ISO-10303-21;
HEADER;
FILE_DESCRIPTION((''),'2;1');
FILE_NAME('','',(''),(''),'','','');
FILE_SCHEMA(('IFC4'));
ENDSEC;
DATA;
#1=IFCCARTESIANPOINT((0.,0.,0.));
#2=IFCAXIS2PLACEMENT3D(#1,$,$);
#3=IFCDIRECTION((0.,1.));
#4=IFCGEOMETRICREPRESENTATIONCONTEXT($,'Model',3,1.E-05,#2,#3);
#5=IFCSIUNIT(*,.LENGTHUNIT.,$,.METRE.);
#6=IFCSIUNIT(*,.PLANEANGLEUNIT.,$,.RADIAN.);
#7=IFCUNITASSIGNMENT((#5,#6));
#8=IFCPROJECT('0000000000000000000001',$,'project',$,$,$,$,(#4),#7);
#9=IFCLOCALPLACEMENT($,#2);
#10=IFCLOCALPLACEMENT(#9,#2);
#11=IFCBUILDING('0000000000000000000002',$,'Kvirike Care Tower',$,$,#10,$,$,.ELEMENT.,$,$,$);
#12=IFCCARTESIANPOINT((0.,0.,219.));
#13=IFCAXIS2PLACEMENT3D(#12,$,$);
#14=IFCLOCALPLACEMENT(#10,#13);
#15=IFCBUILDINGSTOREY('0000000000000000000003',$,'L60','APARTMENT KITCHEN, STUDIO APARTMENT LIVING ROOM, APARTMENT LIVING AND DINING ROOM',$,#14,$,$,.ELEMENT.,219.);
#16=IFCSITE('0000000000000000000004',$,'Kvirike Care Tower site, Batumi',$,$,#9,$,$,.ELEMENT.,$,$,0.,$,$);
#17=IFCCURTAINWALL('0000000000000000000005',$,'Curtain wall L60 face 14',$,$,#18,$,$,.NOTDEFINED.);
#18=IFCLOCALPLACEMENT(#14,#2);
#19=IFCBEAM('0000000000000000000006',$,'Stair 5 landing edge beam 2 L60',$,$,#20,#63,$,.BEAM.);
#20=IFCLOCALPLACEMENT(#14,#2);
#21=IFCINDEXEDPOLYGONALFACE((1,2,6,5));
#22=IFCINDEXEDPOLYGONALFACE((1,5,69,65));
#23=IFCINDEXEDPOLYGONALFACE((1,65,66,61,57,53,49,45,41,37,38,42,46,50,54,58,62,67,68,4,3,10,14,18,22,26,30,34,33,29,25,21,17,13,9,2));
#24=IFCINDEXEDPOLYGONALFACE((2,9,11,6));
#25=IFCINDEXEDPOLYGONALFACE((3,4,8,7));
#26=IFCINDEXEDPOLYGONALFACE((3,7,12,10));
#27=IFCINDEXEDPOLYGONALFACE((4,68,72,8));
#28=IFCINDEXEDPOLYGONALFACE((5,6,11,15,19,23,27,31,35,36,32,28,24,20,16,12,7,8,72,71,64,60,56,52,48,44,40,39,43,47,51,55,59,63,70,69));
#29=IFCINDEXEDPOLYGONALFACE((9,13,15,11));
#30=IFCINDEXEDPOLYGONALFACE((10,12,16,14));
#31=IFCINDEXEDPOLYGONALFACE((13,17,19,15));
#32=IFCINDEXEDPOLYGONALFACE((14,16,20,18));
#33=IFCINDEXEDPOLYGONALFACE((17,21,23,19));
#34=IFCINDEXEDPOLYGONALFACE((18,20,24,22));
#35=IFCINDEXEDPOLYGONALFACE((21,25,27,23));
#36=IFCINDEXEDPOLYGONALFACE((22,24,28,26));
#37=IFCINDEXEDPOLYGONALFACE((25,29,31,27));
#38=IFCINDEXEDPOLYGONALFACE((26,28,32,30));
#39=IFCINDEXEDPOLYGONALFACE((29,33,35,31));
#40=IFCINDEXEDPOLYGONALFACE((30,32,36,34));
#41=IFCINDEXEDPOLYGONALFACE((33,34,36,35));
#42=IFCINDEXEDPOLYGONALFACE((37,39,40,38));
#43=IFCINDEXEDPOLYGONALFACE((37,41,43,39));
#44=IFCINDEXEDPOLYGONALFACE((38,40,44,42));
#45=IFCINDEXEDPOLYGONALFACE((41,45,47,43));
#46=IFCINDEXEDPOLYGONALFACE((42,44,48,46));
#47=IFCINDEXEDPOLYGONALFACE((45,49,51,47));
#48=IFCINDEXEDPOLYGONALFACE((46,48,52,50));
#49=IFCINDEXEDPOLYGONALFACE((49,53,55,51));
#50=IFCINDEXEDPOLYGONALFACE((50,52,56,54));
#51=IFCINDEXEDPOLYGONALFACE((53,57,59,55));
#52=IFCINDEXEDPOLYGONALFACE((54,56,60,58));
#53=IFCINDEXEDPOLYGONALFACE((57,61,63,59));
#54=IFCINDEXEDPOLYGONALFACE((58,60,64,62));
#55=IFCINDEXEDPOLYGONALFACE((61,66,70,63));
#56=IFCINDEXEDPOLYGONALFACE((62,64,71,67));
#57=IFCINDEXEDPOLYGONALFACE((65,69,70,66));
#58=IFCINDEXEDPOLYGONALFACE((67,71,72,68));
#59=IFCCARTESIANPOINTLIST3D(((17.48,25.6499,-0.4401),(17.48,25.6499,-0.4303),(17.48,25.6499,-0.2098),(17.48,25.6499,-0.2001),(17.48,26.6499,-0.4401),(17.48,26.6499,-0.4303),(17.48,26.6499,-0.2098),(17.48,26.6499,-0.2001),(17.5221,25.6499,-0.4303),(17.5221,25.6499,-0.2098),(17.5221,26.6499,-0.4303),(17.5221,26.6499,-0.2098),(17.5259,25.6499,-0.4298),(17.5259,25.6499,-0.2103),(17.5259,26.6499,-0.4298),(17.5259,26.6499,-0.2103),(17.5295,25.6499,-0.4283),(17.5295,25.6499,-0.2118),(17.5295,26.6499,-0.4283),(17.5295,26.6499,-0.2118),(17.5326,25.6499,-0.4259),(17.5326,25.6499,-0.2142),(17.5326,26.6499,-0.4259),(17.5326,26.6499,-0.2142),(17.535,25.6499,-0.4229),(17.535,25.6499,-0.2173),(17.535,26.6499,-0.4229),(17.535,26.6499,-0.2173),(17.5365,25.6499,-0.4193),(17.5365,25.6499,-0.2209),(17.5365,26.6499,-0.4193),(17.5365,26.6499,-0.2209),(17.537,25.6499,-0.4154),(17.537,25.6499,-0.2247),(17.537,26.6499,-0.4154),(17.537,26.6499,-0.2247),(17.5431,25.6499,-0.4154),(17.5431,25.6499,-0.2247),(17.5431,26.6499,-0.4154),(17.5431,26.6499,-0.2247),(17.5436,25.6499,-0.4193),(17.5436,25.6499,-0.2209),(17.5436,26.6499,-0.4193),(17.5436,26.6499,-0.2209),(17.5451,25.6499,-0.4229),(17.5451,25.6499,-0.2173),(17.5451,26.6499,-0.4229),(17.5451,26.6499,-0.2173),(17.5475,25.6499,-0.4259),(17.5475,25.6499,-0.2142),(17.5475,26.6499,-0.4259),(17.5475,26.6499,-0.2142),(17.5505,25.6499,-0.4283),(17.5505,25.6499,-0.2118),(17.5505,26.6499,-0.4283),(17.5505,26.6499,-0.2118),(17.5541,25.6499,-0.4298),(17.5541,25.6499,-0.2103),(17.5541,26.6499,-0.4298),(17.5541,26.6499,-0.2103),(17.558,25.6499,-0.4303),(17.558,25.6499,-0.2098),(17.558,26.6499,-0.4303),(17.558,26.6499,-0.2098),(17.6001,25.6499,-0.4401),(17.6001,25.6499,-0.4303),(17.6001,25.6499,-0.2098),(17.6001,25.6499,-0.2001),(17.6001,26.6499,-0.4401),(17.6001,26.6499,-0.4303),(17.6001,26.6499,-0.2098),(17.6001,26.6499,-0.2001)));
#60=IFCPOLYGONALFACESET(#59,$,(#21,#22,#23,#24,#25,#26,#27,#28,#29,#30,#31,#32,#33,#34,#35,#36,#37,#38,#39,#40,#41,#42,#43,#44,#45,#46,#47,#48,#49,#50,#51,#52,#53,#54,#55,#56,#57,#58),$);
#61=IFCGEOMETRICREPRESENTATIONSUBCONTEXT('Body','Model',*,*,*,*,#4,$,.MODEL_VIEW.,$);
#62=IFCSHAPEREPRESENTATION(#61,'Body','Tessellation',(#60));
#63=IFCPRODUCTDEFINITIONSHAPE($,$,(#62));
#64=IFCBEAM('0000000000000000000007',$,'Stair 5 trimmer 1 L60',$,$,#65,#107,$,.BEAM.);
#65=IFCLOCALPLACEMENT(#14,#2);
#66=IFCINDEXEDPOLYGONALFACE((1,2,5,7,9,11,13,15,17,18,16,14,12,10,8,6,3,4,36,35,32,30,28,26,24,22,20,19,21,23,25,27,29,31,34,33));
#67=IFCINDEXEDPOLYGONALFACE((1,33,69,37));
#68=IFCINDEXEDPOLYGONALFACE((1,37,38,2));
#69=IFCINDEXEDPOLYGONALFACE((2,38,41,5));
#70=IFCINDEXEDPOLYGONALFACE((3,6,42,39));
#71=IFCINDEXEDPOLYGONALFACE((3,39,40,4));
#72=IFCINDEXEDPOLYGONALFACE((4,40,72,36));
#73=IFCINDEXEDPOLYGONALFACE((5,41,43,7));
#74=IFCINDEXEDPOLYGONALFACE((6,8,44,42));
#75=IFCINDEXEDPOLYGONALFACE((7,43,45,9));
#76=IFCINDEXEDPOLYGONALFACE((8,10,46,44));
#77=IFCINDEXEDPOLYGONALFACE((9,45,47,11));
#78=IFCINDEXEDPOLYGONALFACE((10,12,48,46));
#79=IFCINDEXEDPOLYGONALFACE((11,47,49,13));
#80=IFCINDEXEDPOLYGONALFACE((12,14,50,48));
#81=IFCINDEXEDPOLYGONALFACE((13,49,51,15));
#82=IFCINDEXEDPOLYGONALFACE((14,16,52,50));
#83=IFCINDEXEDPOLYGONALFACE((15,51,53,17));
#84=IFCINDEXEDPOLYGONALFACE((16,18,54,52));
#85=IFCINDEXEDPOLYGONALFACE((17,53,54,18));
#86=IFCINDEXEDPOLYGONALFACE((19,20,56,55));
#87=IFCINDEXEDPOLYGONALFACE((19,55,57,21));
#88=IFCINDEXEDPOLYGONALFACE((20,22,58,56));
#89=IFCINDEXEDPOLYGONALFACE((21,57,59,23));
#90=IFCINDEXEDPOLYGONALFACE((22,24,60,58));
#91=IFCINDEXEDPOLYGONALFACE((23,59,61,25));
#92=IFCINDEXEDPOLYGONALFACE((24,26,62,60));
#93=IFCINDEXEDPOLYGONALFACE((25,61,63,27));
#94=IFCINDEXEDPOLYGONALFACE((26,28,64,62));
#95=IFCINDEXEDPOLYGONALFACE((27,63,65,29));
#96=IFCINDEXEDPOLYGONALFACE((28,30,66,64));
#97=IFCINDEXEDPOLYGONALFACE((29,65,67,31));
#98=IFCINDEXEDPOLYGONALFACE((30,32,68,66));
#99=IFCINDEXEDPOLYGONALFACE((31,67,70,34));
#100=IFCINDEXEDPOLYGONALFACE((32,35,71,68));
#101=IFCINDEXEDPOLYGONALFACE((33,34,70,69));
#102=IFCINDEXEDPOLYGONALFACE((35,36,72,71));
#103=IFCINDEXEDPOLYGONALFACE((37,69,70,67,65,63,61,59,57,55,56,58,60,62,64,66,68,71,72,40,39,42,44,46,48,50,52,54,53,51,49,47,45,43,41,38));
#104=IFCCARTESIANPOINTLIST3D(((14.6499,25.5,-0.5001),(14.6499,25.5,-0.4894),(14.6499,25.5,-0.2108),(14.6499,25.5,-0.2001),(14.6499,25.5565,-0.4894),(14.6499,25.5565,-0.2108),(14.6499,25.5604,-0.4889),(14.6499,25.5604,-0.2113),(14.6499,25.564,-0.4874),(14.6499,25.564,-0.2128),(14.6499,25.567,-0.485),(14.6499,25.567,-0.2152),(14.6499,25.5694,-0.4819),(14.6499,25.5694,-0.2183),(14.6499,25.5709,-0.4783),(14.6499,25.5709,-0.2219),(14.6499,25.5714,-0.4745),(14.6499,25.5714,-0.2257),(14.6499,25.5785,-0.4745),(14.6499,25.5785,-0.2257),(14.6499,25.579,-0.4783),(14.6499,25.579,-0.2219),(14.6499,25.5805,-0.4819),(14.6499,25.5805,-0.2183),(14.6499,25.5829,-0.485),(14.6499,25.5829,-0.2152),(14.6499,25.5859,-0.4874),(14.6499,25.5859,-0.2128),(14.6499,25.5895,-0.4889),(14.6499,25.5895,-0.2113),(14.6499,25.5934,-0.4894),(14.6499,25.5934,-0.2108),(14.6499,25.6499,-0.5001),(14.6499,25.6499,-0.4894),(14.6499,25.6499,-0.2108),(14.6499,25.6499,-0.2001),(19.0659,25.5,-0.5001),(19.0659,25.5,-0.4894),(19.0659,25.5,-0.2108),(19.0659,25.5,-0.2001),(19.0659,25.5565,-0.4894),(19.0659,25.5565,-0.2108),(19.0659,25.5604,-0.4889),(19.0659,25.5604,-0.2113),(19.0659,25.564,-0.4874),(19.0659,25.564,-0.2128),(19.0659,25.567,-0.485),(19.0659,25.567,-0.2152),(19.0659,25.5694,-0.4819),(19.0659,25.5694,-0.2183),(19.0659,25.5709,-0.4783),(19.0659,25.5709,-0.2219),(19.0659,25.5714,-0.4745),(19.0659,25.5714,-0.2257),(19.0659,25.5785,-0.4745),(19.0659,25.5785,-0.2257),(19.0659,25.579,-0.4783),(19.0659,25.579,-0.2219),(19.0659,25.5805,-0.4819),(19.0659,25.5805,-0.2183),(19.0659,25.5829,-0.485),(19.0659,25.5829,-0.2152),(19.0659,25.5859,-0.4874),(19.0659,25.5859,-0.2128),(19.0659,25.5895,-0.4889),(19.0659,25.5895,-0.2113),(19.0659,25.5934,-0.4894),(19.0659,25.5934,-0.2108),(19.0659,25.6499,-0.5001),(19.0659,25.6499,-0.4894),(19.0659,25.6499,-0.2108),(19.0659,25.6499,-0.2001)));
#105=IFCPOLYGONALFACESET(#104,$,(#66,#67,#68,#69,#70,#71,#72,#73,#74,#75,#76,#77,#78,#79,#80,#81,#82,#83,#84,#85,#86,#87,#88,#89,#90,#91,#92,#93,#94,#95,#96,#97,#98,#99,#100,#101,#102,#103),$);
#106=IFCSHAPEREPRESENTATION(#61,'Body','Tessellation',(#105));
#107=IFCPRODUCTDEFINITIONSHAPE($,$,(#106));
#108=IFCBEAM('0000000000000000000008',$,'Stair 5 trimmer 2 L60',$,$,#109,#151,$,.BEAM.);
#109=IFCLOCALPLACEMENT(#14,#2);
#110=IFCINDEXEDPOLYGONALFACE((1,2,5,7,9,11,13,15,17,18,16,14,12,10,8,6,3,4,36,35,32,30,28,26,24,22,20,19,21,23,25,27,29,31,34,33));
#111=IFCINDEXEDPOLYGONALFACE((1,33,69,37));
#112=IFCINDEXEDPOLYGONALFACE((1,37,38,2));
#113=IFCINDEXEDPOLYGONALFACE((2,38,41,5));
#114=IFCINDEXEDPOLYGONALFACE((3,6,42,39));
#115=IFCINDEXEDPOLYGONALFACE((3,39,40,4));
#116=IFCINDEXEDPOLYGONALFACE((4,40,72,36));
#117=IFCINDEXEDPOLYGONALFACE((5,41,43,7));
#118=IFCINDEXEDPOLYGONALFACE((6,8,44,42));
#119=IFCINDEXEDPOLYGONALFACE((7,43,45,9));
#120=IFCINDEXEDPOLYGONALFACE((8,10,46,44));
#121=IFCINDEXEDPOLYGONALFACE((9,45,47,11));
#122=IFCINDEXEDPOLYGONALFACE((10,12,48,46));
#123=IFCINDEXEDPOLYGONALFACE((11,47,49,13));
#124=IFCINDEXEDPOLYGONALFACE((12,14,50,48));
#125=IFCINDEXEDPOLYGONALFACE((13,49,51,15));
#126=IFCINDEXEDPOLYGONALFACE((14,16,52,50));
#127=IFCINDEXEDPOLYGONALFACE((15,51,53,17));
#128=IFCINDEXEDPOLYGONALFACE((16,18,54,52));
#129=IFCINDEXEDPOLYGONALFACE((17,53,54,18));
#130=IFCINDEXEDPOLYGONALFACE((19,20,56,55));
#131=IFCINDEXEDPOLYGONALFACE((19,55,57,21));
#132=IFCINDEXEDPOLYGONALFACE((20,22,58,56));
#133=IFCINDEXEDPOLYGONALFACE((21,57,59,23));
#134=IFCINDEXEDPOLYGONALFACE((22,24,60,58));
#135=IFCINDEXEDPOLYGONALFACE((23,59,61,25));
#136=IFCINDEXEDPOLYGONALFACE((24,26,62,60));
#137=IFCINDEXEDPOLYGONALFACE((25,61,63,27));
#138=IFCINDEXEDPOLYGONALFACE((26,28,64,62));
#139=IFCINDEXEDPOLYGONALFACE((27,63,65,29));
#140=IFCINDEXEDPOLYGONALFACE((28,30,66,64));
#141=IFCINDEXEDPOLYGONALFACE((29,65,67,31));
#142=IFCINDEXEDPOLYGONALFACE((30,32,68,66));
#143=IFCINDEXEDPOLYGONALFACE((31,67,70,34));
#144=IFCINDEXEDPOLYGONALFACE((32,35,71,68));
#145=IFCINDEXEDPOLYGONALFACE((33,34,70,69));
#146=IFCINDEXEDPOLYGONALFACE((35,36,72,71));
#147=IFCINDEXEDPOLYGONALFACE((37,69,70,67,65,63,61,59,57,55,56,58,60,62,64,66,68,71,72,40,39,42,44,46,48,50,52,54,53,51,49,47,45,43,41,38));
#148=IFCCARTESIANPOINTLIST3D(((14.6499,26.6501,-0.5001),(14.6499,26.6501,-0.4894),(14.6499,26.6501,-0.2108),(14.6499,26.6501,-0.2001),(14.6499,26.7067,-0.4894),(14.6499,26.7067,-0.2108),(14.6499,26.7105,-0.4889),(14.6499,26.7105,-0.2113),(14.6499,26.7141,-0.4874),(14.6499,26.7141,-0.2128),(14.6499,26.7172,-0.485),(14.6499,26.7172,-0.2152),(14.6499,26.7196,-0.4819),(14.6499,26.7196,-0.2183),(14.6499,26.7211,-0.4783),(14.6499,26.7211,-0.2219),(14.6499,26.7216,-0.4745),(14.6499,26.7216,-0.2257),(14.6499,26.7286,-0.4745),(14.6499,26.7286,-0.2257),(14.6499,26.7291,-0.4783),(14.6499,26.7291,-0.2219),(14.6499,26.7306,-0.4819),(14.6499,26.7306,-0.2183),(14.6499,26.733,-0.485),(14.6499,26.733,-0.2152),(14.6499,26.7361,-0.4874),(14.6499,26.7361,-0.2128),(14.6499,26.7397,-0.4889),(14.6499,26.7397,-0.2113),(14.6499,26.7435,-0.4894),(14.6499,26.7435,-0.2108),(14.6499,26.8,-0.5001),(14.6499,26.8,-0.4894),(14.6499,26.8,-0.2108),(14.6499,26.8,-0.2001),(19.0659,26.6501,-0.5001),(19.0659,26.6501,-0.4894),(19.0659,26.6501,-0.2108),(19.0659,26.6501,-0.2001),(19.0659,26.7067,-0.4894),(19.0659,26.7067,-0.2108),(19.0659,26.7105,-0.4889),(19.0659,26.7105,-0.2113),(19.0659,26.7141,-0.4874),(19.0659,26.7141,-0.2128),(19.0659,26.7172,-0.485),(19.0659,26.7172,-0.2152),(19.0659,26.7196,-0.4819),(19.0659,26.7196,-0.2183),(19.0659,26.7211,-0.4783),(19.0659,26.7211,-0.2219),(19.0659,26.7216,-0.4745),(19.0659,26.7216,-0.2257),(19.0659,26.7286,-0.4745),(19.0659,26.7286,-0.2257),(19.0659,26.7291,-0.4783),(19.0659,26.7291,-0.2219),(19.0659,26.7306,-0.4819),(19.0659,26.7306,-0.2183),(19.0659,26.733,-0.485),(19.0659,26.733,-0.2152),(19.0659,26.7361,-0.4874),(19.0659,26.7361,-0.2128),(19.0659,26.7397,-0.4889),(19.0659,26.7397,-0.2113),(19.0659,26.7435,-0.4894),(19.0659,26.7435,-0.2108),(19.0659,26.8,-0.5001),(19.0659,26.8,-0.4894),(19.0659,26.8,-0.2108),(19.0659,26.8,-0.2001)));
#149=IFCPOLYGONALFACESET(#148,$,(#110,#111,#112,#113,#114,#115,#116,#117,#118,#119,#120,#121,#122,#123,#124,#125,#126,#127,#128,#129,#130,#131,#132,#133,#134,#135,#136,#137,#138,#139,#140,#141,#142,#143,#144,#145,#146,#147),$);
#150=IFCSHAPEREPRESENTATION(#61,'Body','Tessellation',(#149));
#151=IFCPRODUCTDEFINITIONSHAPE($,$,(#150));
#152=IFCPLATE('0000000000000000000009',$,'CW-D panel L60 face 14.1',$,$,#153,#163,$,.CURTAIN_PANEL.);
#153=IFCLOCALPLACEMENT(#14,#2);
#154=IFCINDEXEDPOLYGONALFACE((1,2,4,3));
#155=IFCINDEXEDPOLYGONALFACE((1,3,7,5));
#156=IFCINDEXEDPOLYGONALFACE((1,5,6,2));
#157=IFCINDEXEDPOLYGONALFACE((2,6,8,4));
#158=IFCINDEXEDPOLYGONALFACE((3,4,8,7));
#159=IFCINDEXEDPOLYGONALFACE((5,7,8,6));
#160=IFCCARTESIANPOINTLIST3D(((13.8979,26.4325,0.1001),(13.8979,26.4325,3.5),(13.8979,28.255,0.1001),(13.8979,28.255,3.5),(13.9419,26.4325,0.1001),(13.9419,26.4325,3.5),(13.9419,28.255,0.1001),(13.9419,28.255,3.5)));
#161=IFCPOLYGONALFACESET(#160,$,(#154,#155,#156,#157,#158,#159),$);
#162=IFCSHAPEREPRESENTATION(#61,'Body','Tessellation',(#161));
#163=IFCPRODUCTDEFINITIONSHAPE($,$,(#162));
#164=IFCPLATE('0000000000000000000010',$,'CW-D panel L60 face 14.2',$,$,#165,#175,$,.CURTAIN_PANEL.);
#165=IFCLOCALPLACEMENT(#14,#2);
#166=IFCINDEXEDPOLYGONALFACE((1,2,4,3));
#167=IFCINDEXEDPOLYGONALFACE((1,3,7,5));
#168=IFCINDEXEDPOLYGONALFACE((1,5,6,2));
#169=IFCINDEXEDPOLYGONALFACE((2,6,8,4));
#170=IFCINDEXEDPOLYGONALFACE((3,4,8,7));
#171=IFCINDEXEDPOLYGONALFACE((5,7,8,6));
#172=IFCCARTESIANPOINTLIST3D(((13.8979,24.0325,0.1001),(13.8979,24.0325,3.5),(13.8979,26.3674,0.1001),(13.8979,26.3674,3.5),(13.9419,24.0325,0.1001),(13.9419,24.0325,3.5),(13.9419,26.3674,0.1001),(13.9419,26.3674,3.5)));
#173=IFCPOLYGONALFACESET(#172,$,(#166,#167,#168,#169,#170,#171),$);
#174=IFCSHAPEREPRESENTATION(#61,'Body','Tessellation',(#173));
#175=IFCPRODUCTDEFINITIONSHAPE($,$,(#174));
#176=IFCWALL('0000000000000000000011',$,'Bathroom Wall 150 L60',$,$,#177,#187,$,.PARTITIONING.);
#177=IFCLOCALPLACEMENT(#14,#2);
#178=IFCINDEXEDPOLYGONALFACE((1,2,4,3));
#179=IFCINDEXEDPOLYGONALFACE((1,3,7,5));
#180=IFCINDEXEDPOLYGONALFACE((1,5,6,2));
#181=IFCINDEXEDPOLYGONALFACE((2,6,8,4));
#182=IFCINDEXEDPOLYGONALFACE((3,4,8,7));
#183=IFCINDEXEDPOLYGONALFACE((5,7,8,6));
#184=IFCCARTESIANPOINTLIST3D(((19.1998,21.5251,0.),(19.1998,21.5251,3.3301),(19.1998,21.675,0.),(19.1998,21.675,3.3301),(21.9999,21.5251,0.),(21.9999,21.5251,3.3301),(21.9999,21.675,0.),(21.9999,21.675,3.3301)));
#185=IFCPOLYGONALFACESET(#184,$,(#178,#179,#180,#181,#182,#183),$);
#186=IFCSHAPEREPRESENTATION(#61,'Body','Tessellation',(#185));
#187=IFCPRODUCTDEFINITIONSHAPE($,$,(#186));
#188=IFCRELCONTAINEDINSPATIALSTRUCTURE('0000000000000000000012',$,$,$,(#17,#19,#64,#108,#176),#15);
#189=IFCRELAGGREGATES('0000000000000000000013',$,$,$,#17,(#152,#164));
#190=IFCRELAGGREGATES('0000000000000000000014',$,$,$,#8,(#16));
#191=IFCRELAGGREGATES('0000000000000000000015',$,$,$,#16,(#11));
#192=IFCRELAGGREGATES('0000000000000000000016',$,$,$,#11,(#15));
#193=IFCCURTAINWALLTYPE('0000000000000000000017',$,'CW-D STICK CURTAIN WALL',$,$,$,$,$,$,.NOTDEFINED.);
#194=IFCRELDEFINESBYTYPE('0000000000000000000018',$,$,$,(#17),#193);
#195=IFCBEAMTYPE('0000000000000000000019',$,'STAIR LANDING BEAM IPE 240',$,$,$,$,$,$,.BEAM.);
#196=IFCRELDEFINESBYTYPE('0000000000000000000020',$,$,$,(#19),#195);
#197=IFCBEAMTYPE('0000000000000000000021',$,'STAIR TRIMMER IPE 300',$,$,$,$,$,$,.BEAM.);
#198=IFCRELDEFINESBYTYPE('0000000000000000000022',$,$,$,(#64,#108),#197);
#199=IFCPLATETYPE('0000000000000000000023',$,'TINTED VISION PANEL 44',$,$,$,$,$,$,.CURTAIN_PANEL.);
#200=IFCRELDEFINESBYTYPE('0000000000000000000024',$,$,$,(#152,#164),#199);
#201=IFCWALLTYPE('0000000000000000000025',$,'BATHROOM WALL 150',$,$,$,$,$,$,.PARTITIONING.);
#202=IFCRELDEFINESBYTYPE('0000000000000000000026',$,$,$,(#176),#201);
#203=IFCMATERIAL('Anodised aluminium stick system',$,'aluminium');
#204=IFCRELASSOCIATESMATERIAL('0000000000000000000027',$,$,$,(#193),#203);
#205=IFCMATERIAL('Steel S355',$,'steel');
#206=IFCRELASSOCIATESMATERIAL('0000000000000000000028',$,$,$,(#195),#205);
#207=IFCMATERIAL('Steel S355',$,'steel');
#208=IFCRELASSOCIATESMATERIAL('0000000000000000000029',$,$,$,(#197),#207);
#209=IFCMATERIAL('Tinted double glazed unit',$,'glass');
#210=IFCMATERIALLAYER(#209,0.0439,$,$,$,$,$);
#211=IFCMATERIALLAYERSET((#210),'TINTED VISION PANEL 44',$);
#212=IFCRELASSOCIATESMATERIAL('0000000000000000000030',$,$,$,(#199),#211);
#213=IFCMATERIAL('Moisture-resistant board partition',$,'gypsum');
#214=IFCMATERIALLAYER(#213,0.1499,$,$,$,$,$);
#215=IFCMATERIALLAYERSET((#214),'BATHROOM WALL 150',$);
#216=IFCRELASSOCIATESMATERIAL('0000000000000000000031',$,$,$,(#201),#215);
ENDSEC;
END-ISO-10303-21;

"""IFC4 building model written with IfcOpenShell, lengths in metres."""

from ifc_helpers import new_model, si_unit, direction, frame, frame_2d, origin, origin_2d, place, context, subcontext, project, spatial, rectangle, i_section, extrude, material, layer, layer_set, material_profile, profile_set, type_object, element, aggregate, save


model = new_model("IFC4")

# Units and contexts
model_context = context("Model", 3, precision=1e-05, world=origin(), true_north=direction((0.0, 1.0)))
body_context = subcontext(model_context, "Body", "Model", "MODEL_VIEW")
ifc_project = project(units=[si_unit("LENGTHUNIT", "METRE"), si_unit("PLANEANGLEUNIT", "RADIAN")], contexts=[model_context])

# Site, building, storey
site_placement = place(None, origin())
site = spatial("IfcSite", under=ifc_project, at=site_placement, Name="Kvirike Care Tower site, Batumi", CompositionType="ELEMENT", RefElevation=0.0)
building_placement = place(site_placement, origin())
building = spatial("IfcBuilding", under=site, at=building_placement, Name="Kvirike Care Tower", CompositionType="ELEMENT")
storey_placement = place(building_placement, frame((0.0, 0.0, 219.0)))
storey = spatial("IfcBuildingStorey", under=building, at=storey_placement, Name="L60", Description="APARTMENT KITCHEN, STUDIO APARTMENT LIVING ROOM, APARTMENT LIVING AND DINING ROOM", CompositionType="ELEMENT", Elevation=219.0)

# Curtain wall
ifc_material_1 = material(Name="Anodised aluminium stick system", Category="aluminium")
curtain_wall_type = type_object("IfcCurtainWallType", Name="CW-D STICK CURTAIN WALL", PredefinedType="NOTDEFINED", material=ifc_material_1)
curtain_wall_placement = place(storey_placement, origin())
curtain_wall = element("IfcCurtainWall", 1, at=curtain_wall_placement, inside=storey, type_object=curtain_wall_type, Name="Curtain wall L60 face 14", PredefinedType="NOTDEFINED")

# Beams
ifc_material_2 = material(Name="Steel S355", Category="steel")
ifc_material_profile_1 = material_profile(ifc_material_2, i_section(OverallWidth=0.1201, OverallDepth=0.24, WebThickness=0.0061, FlangeThickness=0.0098, FilletRadius=0.0149, at=origin_2d()), Name="IPE 240")
ifc_profile_set_1 = profile_set([ifc_material_profile_1], Name="Steel S355")
beam_type_1 = type_object("IfcBeamType", Name="STAIR LANDING BEAM IPE 240", PredefinedType="BEAM", material=ifc_profile_set_1)
for number, where, z_axis, x_axis, name in (
    (2, (17.54, 25.6499, -0.3201), (0.0, 1.0, 0.0), (-1.0, 0.0, 0.0), "Stair 5 landing edge beam 2 L60"),
):
    element("IfcBeam", number, at=place(storey_placement, frame(where, z_axis=z_axis, x_axis=x_axis)), inside=storey, type_object=beam_type_1, Name=name, PredefinedType="BEAM", context=body_context, shape_type="SweptSolid", body=[
        extrude(i_section(OverallWidth=0.1201, OverallDepth=0.24, WebThickness=0.0061, FlangeThickness=0.0098, FilletRadius=0.0149, at=origin_2d()), origin(), (0.0, 0.0, 1.0), 1.0),
    ])
ifc_material_3 = material(Name="Steel S355", Category="steel")
ifc_material_profile_2 = material_profile(ifc_material_3, i_section(OverallWidth=0.1499, OverallDepth=0.3, WebThickness=0.0071, FlangeThickness=0.0107, FilletRadius=0.0149, at=origin_2d()), Name="IPE 300")
ifc_profile_set_2 = profile_set([ifc_material_profile_2], Name="Steel S355")
beam_type_2 = type_object("IfcBeamType", Name="STAIR TRIMMER IPE 300", PredefinedType="BEAM", material=ifc_profile_set_2)
for number, where, z_axis, x_axis, name in (
    (3, (14.6499, 25.575, -0.3501), (1.0, 0.0, 0.0), (0.0, 1.0, 0.0), "Stair 5 trimmer 1 L60"),
    (4, (14.6499, 26.7251, -0.3501), (1.0, 0.0, 0.0), (0.0, 1.0, 0.0), "Stair 5 trimmer 2 L60"),
):
    element("IfcBeam", number, at=place(storey_placement, frame(where, z_axis=z_axis, x_axis=x_axis)), inside=storey, type_object=beam_type_2, Name=name, PredefinedType="BEAM", context=body_context, shape_type="SweptSolid", body=[
        extrude(i_section(OverallWidth=0.1499, OverallDepth=0.3, WebThickness=0.0071, FlangeThickness=0.0107, FilletRadius=0.0149, at=origin_2d()), origin(), (0.0, 0.0, 1.0), 4.416),
    ])

# Plates
ifc_material_4 = material(Name="Tinted double glazed unit", Category="glass")
ifc_layer_1 = layer(ifc_material_4, 0.0439)
ifc_layer_set_1 = layer_set([ifc_layer_1], Name="TINTED VISION PANEL 44")
plate_type = type_object("IfcPlateType", Name="TINTED VISION PANEL 44", PredefinedType="CURTAIN_PANEL", material=ifc_layer_set_1)
plate_1_placement = place(storey_placement, frame((13.9199, 27.3438, 0.1001), z_axis=(0.0, 0.0, 1.0), x_axis=(0.0, -1.0, 0.0)))
plate_1 = element("IfcPlate", 5, at=plate_1_placement, type_object=plate_type, Name="CW-D panel L60 face 14.1", PredefinedType="CURTAIN_PANEL", context=body_context, shape_type="SweptSolid", body=[
    extrude(rectangle(XDim=1.8225, YDim=0.0439, at=origin_2d()), origin(), (0.0, 0.0, 1.0), 3.3999),
])
plate_2_placement = place(storey_placement, frame((13.9199, 25.2, 0.1001), z_axis=(0.0, 0.0, 1.0), x_axis=(0.0, -1.0, 0.0)))
plate_2 = element("IfcPlate", 6, at=plate_2_placement, type_object=plate_type, Name="CW-D panel L60 face 14.2", PredefinedType="CURTAIN_PANEL", context=body_context, shape_type="SweptSolid", body=[
    extrude(rectangle(XDim=2.335, YDim=0.0439, at=origin_2d()), origin(), (0.0, 0.0, 1.0), 3.3999),
])
aggregate(curtain_wall, [plate_1, plate_2])

# Wall
ifc_material_5 = material(Name="Moisture-resistant board partition", Category="gypsum")
ifc_layer_2 = layer(ifc_material_5, 0.1499)
ifc_layer_set_2 = layer_set([ifc_layer_2], Name="BATHROOM WALL 150")
wall_type_1 = type_object("IfcWallType", Name="BATHROOM WALL 150", PredefinedType="PARTITIONING", material=ifc_layer_set_2)
wall_1_placement = place(storey_placement, frame((19.2, 21.6001, 0.0), z_axis=(0.0, 0.0, 1.0), x_axis=(1.0, 0.0, 0.0)))
element("IfcWall", 7, at=wall_1_placement, inside=storey, type_object=wall_type_1, Name="Bathroom Wall 150 L60", PredefinedType="PARTITIONING", context=body_context, shape_type="SweptSolid", body=[
    extrude(rectangle(XDim=2.8, YDim=0.1499, at=frame_2d((1.3999, 0.0))), origin(), (0.0, 0.0, 1.0), 3.3301),
])

save(model, "model.ifc")
